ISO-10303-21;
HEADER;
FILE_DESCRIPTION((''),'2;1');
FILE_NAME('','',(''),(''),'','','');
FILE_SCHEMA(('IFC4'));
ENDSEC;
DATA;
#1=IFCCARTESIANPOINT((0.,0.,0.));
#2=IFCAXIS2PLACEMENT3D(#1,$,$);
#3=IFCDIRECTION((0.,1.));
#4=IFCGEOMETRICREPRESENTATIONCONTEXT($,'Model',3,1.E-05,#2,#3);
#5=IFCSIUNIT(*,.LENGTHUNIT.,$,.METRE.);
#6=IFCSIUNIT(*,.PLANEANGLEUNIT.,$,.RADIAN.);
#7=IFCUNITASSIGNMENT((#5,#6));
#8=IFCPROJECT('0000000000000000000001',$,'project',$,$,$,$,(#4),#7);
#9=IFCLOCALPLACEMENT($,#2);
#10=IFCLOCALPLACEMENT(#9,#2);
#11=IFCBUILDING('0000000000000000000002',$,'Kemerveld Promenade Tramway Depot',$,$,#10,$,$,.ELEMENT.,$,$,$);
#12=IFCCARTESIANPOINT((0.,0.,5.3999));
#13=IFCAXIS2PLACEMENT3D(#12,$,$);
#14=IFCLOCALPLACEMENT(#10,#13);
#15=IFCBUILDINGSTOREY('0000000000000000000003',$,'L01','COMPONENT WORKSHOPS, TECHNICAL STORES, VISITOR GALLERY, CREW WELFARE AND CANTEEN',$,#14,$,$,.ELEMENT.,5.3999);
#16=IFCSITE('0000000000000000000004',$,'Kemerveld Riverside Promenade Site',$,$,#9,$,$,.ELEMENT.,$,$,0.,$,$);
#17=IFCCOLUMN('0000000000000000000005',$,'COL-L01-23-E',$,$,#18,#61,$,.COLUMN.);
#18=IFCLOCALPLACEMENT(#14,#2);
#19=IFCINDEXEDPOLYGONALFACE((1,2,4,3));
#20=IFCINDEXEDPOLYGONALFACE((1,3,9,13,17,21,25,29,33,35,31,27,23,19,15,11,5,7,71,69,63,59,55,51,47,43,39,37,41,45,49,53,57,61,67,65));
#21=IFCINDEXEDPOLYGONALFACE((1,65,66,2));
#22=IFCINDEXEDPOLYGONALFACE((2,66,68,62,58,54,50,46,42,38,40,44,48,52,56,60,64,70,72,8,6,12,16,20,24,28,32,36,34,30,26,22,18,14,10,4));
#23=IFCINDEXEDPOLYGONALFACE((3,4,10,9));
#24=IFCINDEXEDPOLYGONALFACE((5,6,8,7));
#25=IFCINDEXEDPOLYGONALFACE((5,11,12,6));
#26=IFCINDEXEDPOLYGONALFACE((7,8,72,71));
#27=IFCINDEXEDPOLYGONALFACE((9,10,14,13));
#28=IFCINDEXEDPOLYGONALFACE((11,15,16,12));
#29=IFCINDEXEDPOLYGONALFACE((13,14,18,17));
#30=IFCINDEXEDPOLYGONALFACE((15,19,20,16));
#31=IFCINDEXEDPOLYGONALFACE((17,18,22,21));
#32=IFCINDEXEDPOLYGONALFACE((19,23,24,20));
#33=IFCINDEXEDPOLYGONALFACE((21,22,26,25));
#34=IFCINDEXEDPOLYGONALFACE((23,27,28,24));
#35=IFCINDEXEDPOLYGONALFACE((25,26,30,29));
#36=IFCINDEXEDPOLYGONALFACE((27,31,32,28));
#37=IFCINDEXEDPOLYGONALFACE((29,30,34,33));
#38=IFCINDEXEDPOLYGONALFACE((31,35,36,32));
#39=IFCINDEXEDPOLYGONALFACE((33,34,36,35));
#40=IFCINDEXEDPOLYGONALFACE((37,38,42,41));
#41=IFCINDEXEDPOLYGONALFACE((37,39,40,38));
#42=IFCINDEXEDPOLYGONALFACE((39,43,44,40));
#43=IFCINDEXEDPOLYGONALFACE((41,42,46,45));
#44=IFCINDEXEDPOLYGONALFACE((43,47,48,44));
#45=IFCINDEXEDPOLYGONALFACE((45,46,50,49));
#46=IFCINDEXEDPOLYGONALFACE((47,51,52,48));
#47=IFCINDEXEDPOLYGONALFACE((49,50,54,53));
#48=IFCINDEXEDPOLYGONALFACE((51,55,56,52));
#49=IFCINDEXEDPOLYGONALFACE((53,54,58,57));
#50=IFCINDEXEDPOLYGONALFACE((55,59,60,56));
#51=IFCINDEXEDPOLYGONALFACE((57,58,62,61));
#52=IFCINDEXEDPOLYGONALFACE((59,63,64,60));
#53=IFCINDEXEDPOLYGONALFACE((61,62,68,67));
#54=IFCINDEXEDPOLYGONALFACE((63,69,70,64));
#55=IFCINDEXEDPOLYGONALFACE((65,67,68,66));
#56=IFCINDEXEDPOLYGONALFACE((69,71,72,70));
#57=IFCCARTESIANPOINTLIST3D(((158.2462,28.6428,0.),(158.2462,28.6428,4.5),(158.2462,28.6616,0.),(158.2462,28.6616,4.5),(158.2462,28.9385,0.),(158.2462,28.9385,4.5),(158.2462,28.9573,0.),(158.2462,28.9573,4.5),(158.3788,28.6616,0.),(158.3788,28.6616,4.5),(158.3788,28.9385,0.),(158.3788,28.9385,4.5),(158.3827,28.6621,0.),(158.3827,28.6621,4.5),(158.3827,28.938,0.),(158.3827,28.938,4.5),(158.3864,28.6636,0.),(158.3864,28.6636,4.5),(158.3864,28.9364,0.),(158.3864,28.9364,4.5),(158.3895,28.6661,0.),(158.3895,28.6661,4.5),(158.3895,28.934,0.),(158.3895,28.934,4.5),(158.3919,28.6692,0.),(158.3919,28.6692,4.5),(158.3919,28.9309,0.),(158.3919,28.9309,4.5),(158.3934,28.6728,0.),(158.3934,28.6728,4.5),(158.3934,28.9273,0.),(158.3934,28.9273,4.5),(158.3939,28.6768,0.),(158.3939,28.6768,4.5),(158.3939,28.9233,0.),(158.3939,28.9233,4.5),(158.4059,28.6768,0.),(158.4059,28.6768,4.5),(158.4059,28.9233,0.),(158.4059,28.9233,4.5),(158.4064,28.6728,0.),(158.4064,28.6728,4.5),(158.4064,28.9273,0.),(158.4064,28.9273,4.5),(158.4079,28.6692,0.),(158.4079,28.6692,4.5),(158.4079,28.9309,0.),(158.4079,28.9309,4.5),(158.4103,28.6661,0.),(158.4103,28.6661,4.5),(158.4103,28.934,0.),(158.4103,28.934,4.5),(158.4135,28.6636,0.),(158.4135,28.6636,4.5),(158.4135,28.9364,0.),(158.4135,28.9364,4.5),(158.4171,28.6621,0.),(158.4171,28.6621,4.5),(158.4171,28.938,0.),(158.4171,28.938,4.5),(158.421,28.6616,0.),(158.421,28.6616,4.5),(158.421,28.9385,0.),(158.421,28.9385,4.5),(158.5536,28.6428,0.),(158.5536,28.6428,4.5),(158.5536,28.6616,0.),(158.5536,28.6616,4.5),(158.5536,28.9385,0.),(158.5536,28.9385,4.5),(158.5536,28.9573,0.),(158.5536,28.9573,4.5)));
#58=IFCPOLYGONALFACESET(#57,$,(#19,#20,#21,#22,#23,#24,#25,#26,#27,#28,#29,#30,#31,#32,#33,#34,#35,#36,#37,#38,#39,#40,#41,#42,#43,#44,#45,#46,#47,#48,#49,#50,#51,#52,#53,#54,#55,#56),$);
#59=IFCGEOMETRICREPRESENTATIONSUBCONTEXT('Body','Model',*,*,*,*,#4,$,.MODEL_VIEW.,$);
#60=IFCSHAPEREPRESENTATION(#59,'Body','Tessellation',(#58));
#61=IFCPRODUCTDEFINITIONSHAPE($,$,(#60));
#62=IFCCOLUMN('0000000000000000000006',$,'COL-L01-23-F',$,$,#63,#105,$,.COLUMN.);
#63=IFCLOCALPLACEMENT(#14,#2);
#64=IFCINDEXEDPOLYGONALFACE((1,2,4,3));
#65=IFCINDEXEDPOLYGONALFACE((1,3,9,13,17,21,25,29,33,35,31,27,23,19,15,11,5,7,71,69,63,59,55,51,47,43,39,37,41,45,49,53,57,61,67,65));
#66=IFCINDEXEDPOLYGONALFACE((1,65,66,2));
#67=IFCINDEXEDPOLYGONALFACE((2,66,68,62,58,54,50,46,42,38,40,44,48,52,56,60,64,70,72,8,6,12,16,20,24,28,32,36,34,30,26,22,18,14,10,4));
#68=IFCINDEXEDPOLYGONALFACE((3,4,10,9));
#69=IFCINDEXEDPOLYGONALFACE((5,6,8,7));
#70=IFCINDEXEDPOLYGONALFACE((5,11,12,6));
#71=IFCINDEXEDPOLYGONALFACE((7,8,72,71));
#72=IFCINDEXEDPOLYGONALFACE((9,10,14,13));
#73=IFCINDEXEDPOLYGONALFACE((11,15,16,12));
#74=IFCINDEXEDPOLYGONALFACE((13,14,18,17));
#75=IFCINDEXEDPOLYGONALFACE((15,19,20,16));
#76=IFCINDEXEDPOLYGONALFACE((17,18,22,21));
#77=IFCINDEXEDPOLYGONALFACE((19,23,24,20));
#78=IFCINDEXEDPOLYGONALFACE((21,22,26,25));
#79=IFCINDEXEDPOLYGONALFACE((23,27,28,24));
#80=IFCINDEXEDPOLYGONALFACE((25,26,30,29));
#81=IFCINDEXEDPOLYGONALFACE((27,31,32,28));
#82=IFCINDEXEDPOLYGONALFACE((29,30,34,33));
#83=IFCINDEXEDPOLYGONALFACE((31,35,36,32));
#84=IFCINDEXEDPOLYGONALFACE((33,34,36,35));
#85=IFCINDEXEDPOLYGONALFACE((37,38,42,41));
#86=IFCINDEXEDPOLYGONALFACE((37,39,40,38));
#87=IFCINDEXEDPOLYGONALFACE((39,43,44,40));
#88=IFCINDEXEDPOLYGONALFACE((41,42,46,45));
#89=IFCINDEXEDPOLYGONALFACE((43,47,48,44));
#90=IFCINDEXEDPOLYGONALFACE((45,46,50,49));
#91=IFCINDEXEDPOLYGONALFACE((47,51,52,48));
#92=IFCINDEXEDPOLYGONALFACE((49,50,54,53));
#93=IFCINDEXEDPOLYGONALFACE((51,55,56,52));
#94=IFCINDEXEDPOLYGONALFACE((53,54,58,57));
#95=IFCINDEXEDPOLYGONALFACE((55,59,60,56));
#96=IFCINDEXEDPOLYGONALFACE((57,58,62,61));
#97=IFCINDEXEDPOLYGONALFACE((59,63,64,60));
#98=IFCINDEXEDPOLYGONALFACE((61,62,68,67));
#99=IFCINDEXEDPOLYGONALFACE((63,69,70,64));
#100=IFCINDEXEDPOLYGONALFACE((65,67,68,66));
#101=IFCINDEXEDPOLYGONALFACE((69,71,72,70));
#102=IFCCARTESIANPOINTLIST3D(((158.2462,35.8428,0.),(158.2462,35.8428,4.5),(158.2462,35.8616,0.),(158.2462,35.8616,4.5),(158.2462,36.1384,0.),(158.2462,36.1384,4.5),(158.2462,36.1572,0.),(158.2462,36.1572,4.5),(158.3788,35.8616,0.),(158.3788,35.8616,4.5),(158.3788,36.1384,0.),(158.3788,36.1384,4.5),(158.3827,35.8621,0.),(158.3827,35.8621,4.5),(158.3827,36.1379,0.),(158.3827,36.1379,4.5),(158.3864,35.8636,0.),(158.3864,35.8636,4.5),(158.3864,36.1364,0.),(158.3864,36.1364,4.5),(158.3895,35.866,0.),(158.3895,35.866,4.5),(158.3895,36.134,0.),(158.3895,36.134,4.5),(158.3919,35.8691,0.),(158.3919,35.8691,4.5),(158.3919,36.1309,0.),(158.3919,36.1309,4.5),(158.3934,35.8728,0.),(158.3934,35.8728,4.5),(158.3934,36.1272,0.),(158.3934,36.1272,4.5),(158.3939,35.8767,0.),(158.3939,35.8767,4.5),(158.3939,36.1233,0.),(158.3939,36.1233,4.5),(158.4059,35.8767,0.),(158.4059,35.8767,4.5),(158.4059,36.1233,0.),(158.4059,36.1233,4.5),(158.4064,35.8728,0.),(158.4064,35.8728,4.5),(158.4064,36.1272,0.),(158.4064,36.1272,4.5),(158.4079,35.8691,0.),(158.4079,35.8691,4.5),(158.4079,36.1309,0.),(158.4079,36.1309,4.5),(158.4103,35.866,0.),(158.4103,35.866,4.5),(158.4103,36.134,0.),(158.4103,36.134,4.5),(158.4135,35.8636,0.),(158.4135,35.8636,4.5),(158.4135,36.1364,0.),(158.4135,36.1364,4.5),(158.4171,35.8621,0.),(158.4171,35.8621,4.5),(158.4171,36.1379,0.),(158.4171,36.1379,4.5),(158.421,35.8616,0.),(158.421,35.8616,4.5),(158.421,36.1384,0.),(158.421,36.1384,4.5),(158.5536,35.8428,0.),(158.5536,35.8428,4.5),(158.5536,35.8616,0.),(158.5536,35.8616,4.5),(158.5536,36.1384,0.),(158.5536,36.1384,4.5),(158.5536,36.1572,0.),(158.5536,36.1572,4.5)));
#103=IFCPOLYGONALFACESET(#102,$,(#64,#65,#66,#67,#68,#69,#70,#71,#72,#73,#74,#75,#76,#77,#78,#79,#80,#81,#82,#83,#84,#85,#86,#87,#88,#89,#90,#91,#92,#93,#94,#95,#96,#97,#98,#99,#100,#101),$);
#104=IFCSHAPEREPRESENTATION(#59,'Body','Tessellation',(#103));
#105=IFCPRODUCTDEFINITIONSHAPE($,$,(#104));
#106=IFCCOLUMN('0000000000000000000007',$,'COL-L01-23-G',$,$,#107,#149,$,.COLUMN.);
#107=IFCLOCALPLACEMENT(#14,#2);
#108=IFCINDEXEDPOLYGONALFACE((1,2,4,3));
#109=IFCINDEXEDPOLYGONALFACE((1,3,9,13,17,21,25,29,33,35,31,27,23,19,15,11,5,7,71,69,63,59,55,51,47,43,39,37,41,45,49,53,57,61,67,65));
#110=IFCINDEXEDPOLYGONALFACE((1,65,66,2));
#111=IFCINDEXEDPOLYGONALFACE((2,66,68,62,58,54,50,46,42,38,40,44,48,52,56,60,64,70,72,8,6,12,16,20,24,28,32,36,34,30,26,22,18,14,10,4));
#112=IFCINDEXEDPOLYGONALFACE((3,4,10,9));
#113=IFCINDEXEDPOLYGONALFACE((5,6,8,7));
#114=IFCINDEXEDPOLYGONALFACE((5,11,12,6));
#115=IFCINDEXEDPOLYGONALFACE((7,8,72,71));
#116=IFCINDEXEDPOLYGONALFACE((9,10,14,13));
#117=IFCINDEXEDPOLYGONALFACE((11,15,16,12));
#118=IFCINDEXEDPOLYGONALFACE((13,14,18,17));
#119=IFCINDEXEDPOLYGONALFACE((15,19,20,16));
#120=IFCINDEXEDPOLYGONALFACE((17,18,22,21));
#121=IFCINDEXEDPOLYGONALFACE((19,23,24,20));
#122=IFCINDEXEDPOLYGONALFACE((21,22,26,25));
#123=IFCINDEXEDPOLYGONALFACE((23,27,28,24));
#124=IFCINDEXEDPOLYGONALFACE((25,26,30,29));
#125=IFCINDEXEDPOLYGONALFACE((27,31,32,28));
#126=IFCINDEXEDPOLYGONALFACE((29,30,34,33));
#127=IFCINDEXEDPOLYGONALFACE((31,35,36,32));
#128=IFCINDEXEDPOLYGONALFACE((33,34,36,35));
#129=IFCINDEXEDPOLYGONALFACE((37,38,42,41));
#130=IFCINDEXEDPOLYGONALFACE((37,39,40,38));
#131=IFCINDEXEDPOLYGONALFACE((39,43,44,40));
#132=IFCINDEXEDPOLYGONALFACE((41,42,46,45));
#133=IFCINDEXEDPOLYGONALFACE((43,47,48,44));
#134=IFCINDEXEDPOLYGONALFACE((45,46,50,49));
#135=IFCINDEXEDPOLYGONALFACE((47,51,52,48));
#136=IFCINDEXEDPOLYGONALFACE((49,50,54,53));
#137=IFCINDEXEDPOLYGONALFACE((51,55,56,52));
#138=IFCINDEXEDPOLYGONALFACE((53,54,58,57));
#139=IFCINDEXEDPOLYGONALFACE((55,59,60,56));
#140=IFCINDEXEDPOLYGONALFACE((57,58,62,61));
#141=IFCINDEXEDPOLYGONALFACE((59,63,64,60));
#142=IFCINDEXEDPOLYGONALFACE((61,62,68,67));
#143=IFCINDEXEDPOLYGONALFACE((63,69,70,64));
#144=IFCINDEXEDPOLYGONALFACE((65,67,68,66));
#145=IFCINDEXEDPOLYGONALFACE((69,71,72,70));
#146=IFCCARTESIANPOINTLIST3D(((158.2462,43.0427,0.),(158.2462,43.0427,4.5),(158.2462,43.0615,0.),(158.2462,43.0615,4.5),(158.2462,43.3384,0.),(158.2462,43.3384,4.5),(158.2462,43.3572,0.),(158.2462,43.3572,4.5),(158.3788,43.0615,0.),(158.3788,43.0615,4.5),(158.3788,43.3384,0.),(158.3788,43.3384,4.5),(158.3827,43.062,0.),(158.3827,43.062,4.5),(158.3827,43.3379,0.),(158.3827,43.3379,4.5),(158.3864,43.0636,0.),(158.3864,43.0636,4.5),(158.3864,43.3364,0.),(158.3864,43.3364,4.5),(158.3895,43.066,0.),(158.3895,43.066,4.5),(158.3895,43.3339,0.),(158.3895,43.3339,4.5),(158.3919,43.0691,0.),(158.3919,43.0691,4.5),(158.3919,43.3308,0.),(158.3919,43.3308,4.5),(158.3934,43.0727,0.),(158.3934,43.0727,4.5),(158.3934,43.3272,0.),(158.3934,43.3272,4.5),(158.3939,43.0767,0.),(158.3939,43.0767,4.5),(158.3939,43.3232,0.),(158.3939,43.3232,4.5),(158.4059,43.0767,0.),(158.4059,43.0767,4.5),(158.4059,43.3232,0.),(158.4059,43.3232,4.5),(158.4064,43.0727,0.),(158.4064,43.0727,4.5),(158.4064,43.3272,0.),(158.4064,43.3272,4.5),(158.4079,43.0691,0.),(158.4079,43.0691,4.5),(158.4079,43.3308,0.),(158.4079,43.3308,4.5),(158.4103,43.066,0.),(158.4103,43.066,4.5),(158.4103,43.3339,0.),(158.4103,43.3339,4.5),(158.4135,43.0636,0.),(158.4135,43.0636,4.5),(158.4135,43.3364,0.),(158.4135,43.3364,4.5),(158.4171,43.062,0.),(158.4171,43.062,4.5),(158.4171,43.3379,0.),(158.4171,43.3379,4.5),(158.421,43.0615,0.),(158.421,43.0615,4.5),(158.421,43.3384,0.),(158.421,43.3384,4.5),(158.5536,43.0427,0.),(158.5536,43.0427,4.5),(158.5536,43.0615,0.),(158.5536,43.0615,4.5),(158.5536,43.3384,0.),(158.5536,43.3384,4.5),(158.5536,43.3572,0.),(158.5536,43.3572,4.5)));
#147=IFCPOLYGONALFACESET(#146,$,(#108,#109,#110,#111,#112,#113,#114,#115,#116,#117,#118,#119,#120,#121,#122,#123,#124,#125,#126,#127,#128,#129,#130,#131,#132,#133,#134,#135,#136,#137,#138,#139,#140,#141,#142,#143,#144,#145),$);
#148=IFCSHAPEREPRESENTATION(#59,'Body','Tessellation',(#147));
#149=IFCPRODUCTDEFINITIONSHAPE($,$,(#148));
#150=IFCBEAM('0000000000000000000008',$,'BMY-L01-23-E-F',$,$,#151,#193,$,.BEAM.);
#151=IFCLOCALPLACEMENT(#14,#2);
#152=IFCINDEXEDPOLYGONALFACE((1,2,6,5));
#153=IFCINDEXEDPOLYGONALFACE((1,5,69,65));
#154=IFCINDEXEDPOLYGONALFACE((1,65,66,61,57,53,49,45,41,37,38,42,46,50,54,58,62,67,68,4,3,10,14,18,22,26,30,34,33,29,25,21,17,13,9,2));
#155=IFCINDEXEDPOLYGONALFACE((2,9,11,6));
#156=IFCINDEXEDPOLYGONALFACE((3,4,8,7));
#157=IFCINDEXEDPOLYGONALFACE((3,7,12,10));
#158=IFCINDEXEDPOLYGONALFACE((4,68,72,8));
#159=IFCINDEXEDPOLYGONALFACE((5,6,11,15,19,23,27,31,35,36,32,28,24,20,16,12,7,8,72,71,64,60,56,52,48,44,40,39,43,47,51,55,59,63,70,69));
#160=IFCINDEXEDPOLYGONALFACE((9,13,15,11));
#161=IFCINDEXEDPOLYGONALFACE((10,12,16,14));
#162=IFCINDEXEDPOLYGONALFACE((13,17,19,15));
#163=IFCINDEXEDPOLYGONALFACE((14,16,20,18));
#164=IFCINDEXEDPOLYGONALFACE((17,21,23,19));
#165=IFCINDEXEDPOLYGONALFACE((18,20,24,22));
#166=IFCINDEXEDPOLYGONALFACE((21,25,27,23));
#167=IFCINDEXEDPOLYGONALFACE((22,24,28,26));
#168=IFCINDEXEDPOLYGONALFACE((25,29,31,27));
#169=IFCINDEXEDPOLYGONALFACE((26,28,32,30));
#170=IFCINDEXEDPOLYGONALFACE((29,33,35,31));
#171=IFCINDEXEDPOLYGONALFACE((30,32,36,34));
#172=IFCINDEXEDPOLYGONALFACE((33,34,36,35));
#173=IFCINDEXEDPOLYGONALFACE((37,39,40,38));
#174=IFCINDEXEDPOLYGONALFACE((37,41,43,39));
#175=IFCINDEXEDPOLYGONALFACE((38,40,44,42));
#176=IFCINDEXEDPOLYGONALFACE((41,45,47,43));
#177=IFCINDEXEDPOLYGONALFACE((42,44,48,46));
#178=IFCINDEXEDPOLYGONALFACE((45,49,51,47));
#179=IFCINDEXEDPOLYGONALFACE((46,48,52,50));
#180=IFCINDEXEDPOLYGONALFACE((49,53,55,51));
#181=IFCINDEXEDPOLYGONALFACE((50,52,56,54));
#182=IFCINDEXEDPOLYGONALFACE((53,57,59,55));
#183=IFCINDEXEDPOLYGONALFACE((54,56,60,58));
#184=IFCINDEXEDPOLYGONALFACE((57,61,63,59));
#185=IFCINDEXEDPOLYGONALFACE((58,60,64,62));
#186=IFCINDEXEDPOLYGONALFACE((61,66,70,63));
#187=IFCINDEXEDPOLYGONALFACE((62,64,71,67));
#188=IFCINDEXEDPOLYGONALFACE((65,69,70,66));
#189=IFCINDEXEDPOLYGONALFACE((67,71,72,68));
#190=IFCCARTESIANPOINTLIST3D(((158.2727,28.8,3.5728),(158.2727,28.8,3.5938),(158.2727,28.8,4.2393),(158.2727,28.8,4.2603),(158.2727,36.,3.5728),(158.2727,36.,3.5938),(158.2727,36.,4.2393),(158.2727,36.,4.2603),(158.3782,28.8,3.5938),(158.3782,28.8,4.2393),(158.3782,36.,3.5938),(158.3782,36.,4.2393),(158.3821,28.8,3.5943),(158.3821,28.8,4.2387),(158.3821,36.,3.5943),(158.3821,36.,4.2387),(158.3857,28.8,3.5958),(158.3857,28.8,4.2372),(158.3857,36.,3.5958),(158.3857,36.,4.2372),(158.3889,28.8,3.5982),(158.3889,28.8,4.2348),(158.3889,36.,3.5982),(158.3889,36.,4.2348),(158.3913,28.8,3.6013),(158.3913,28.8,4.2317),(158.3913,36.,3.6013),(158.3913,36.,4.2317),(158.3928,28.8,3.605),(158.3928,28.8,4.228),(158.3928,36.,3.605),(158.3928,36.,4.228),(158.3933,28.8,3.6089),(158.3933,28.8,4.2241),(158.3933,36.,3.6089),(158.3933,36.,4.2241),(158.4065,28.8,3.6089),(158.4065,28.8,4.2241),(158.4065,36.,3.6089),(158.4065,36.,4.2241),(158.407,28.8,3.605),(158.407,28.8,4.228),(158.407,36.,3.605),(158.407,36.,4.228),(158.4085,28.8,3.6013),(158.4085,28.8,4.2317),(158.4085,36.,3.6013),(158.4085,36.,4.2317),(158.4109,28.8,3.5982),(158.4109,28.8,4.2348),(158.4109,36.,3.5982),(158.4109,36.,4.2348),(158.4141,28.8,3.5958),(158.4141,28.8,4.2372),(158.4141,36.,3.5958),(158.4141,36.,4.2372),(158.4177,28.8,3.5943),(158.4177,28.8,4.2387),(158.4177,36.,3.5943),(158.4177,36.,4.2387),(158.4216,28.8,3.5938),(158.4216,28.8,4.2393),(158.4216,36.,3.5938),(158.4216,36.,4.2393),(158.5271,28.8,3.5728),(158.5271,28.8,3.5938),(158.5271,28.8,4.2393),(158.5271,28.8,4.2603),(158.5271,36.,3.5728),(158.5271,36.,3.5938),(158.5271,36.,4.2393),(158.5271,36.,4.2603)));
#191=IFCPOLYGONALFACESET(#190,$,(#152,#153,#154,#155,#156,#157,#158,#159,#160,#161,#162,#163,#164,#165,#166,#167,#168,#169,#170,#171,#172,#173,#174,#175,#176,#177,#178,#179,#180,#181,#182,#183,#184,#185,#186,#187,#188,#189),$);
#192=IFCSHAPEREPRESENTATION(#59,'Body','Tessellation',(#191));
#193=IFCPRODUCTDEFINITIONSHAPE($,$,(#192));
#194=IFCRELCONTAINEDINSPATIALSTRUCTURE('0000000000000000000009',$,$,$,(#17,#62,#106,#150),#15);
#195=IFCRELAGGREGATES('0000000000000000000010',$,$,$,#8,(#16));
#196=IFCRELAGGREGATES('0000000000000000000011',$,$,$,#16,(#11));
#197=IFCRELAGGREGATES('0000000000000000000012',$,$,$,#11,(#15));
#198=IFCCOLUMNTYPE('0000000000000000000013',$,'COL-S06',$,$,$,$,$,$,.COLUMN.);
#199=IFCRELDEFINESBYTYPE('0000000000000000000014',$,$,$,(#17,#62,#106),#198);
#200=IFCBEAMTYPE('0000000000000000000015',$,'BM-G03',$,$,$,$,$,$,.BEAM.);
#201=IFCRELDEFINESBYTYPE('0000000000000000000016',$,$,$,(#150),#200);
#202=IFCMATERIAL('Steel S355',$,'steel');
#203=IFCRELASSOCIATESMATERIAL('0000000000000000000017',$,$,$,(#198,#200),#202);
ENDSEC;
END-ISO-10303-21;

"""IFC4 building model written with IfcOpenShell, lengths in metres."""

from ifc_helpers import new_model, si_unit, direction, frame, origin, origin_2d, place, context, subcontext, project, spatial, i_section, extrude, material, material_profile, profile_set, type_object, element, save


model = new_model("IFC4")

# Units and contexts
model_context = context("Model", 3, precision=1e-05, world=origin(), true_north=direction((0.0, 1.0)))
body_context = subcontext(model_context, "Body", "Model", "MODEL_VIEW")
ifc_project = project(units=[si_unit("LENGTHUNIT", "METRE"), si_unit("PLANEANGLEUNIT", "RADIAN")], contexts=[model_context])

# Site, building, storey
site_placement = place(None, origin())
site = spatial("IfcSite", under=ifc_project, at=site_placement, Name="Kemerveld Riverside Promenade Site", CompositionType="ELEMENT", RefElevation=0.0)
building_placement = place(site_placement, origin())
building = spatial("IfcBuilding", under=site, at=building_placement, Name="Kemerveld Promenade Tramway Depot", CompositionType="ELEMENT")
storey_placement = place(building_placement, frame((0.0, 0.0, 5.3999)))
storey = spatial("IfcBuildingStorey", under=building, at=storey_placement, Name="L01", Description="COMPONENT WORKSHOPS, TECHNICAL STORES, VISITOR GALLERY, CREW WELFARE AND CANTEEN", CompositionType="ELEMENT", Elevation=5.3999)

# Columns
ifc_material_1 = material(Name="Steel S355", Category="steel")
ifc_material_profile_1 = material_profile(ifc_material_1, i_section(OverallWidth=0.3074, OverallDepth=0.3145, WebThickness=0.012, FlangeThickness=0.0188, FilletRadius=0.0151, at=origin_2d()), Name="305x305x118 UC")
ifc_profile_set_1 = profile_set([ifc_material_profile_1], Name="Steel S355")
column_type = type_object("IfcColumnType", Name="COL-S06", PredefinedType="COLUMN", material=ifc_profile_set_1)
for number, where, z_axis, x_axis, name in (
    (1, (158.3999, 28.8, 0.0), (0.0, 0.0, 1.0), (1.0, 0.0, 0.0), "COL-L01-23-E"),
    (2, (158.3999, 36.0, 0.0), (0.0, 0.0, 1.0), (1.0, 0.0, 0.0), "COL-L01-23-F"),
    (3, (158.3999, 43.2, 0.0), (0.0, 0.0, 1.0), (1.0, 0.0, 0.0), "COL-L01-23-G"),
):
    element("IfcColumn", number, at=place(storey_placement, frame(where, z_axis=z_axis, x_axis=x_axis)), inside=storey, type_object=column_type, Name=name, PredefinedType="COLUMN", context=body_context, shape_type="SweptSolid", body=[
        extrude(i_section(OverallWidth=0.3074, OverallDepth=0.3145, WebThickness=0.012, FlangeThickness=0.0188, FilletRadius=0.0151, at=origin_2d()), origin(), (0.0, 0.0, 1.0), 4.5),
    ])

# Beam
ifc_material_profile_2 = material_profile(ifc_material_1, i_section(OverallWidth=0.2544, OverallDepth=0.6875, WebThickness=0.0132, FlangeThickness=0.021, FilletRadius=0.0151, at=origin_2d()), Name="686x254x152 UB")
ifc_profile_set_2 = profile_set([ifc_material_profile_2], Name="Steel S355")
beam_type_1 = type_object("IfcBeamType", Name="BM-G03", PredefinedType="BEAM", material=ifc_profile_set_2)
for number, where, z_axis, x_axis, name in (
    (4, (158.3999, 28.8, 3.9165), (0.0, 1.0, 0.0), (-1.0, 0.0, 0.0), "BMY-L01-23-E-F"),
):
    element("IfcBeam", number, at=place(storey_placement, frame(where, z_axis=z_axis, x_axis=x_axis)), inside=storey, type_object=beam_type_1, Name=name, PredefinedType="BEAM", context=body_context, shape_type="SweptSolid", body=[
        extrude(i_section(OverallWidth=0.2544, OverallDepth=0.6875, WebThickness=0.0132, FlangeThickness=0.021, FilletRadius=0.0151, at=origin_2d()), origin(), (0.0, 0.0, 1.0), 7.2),
    ])

save(model, "model.ifc")
